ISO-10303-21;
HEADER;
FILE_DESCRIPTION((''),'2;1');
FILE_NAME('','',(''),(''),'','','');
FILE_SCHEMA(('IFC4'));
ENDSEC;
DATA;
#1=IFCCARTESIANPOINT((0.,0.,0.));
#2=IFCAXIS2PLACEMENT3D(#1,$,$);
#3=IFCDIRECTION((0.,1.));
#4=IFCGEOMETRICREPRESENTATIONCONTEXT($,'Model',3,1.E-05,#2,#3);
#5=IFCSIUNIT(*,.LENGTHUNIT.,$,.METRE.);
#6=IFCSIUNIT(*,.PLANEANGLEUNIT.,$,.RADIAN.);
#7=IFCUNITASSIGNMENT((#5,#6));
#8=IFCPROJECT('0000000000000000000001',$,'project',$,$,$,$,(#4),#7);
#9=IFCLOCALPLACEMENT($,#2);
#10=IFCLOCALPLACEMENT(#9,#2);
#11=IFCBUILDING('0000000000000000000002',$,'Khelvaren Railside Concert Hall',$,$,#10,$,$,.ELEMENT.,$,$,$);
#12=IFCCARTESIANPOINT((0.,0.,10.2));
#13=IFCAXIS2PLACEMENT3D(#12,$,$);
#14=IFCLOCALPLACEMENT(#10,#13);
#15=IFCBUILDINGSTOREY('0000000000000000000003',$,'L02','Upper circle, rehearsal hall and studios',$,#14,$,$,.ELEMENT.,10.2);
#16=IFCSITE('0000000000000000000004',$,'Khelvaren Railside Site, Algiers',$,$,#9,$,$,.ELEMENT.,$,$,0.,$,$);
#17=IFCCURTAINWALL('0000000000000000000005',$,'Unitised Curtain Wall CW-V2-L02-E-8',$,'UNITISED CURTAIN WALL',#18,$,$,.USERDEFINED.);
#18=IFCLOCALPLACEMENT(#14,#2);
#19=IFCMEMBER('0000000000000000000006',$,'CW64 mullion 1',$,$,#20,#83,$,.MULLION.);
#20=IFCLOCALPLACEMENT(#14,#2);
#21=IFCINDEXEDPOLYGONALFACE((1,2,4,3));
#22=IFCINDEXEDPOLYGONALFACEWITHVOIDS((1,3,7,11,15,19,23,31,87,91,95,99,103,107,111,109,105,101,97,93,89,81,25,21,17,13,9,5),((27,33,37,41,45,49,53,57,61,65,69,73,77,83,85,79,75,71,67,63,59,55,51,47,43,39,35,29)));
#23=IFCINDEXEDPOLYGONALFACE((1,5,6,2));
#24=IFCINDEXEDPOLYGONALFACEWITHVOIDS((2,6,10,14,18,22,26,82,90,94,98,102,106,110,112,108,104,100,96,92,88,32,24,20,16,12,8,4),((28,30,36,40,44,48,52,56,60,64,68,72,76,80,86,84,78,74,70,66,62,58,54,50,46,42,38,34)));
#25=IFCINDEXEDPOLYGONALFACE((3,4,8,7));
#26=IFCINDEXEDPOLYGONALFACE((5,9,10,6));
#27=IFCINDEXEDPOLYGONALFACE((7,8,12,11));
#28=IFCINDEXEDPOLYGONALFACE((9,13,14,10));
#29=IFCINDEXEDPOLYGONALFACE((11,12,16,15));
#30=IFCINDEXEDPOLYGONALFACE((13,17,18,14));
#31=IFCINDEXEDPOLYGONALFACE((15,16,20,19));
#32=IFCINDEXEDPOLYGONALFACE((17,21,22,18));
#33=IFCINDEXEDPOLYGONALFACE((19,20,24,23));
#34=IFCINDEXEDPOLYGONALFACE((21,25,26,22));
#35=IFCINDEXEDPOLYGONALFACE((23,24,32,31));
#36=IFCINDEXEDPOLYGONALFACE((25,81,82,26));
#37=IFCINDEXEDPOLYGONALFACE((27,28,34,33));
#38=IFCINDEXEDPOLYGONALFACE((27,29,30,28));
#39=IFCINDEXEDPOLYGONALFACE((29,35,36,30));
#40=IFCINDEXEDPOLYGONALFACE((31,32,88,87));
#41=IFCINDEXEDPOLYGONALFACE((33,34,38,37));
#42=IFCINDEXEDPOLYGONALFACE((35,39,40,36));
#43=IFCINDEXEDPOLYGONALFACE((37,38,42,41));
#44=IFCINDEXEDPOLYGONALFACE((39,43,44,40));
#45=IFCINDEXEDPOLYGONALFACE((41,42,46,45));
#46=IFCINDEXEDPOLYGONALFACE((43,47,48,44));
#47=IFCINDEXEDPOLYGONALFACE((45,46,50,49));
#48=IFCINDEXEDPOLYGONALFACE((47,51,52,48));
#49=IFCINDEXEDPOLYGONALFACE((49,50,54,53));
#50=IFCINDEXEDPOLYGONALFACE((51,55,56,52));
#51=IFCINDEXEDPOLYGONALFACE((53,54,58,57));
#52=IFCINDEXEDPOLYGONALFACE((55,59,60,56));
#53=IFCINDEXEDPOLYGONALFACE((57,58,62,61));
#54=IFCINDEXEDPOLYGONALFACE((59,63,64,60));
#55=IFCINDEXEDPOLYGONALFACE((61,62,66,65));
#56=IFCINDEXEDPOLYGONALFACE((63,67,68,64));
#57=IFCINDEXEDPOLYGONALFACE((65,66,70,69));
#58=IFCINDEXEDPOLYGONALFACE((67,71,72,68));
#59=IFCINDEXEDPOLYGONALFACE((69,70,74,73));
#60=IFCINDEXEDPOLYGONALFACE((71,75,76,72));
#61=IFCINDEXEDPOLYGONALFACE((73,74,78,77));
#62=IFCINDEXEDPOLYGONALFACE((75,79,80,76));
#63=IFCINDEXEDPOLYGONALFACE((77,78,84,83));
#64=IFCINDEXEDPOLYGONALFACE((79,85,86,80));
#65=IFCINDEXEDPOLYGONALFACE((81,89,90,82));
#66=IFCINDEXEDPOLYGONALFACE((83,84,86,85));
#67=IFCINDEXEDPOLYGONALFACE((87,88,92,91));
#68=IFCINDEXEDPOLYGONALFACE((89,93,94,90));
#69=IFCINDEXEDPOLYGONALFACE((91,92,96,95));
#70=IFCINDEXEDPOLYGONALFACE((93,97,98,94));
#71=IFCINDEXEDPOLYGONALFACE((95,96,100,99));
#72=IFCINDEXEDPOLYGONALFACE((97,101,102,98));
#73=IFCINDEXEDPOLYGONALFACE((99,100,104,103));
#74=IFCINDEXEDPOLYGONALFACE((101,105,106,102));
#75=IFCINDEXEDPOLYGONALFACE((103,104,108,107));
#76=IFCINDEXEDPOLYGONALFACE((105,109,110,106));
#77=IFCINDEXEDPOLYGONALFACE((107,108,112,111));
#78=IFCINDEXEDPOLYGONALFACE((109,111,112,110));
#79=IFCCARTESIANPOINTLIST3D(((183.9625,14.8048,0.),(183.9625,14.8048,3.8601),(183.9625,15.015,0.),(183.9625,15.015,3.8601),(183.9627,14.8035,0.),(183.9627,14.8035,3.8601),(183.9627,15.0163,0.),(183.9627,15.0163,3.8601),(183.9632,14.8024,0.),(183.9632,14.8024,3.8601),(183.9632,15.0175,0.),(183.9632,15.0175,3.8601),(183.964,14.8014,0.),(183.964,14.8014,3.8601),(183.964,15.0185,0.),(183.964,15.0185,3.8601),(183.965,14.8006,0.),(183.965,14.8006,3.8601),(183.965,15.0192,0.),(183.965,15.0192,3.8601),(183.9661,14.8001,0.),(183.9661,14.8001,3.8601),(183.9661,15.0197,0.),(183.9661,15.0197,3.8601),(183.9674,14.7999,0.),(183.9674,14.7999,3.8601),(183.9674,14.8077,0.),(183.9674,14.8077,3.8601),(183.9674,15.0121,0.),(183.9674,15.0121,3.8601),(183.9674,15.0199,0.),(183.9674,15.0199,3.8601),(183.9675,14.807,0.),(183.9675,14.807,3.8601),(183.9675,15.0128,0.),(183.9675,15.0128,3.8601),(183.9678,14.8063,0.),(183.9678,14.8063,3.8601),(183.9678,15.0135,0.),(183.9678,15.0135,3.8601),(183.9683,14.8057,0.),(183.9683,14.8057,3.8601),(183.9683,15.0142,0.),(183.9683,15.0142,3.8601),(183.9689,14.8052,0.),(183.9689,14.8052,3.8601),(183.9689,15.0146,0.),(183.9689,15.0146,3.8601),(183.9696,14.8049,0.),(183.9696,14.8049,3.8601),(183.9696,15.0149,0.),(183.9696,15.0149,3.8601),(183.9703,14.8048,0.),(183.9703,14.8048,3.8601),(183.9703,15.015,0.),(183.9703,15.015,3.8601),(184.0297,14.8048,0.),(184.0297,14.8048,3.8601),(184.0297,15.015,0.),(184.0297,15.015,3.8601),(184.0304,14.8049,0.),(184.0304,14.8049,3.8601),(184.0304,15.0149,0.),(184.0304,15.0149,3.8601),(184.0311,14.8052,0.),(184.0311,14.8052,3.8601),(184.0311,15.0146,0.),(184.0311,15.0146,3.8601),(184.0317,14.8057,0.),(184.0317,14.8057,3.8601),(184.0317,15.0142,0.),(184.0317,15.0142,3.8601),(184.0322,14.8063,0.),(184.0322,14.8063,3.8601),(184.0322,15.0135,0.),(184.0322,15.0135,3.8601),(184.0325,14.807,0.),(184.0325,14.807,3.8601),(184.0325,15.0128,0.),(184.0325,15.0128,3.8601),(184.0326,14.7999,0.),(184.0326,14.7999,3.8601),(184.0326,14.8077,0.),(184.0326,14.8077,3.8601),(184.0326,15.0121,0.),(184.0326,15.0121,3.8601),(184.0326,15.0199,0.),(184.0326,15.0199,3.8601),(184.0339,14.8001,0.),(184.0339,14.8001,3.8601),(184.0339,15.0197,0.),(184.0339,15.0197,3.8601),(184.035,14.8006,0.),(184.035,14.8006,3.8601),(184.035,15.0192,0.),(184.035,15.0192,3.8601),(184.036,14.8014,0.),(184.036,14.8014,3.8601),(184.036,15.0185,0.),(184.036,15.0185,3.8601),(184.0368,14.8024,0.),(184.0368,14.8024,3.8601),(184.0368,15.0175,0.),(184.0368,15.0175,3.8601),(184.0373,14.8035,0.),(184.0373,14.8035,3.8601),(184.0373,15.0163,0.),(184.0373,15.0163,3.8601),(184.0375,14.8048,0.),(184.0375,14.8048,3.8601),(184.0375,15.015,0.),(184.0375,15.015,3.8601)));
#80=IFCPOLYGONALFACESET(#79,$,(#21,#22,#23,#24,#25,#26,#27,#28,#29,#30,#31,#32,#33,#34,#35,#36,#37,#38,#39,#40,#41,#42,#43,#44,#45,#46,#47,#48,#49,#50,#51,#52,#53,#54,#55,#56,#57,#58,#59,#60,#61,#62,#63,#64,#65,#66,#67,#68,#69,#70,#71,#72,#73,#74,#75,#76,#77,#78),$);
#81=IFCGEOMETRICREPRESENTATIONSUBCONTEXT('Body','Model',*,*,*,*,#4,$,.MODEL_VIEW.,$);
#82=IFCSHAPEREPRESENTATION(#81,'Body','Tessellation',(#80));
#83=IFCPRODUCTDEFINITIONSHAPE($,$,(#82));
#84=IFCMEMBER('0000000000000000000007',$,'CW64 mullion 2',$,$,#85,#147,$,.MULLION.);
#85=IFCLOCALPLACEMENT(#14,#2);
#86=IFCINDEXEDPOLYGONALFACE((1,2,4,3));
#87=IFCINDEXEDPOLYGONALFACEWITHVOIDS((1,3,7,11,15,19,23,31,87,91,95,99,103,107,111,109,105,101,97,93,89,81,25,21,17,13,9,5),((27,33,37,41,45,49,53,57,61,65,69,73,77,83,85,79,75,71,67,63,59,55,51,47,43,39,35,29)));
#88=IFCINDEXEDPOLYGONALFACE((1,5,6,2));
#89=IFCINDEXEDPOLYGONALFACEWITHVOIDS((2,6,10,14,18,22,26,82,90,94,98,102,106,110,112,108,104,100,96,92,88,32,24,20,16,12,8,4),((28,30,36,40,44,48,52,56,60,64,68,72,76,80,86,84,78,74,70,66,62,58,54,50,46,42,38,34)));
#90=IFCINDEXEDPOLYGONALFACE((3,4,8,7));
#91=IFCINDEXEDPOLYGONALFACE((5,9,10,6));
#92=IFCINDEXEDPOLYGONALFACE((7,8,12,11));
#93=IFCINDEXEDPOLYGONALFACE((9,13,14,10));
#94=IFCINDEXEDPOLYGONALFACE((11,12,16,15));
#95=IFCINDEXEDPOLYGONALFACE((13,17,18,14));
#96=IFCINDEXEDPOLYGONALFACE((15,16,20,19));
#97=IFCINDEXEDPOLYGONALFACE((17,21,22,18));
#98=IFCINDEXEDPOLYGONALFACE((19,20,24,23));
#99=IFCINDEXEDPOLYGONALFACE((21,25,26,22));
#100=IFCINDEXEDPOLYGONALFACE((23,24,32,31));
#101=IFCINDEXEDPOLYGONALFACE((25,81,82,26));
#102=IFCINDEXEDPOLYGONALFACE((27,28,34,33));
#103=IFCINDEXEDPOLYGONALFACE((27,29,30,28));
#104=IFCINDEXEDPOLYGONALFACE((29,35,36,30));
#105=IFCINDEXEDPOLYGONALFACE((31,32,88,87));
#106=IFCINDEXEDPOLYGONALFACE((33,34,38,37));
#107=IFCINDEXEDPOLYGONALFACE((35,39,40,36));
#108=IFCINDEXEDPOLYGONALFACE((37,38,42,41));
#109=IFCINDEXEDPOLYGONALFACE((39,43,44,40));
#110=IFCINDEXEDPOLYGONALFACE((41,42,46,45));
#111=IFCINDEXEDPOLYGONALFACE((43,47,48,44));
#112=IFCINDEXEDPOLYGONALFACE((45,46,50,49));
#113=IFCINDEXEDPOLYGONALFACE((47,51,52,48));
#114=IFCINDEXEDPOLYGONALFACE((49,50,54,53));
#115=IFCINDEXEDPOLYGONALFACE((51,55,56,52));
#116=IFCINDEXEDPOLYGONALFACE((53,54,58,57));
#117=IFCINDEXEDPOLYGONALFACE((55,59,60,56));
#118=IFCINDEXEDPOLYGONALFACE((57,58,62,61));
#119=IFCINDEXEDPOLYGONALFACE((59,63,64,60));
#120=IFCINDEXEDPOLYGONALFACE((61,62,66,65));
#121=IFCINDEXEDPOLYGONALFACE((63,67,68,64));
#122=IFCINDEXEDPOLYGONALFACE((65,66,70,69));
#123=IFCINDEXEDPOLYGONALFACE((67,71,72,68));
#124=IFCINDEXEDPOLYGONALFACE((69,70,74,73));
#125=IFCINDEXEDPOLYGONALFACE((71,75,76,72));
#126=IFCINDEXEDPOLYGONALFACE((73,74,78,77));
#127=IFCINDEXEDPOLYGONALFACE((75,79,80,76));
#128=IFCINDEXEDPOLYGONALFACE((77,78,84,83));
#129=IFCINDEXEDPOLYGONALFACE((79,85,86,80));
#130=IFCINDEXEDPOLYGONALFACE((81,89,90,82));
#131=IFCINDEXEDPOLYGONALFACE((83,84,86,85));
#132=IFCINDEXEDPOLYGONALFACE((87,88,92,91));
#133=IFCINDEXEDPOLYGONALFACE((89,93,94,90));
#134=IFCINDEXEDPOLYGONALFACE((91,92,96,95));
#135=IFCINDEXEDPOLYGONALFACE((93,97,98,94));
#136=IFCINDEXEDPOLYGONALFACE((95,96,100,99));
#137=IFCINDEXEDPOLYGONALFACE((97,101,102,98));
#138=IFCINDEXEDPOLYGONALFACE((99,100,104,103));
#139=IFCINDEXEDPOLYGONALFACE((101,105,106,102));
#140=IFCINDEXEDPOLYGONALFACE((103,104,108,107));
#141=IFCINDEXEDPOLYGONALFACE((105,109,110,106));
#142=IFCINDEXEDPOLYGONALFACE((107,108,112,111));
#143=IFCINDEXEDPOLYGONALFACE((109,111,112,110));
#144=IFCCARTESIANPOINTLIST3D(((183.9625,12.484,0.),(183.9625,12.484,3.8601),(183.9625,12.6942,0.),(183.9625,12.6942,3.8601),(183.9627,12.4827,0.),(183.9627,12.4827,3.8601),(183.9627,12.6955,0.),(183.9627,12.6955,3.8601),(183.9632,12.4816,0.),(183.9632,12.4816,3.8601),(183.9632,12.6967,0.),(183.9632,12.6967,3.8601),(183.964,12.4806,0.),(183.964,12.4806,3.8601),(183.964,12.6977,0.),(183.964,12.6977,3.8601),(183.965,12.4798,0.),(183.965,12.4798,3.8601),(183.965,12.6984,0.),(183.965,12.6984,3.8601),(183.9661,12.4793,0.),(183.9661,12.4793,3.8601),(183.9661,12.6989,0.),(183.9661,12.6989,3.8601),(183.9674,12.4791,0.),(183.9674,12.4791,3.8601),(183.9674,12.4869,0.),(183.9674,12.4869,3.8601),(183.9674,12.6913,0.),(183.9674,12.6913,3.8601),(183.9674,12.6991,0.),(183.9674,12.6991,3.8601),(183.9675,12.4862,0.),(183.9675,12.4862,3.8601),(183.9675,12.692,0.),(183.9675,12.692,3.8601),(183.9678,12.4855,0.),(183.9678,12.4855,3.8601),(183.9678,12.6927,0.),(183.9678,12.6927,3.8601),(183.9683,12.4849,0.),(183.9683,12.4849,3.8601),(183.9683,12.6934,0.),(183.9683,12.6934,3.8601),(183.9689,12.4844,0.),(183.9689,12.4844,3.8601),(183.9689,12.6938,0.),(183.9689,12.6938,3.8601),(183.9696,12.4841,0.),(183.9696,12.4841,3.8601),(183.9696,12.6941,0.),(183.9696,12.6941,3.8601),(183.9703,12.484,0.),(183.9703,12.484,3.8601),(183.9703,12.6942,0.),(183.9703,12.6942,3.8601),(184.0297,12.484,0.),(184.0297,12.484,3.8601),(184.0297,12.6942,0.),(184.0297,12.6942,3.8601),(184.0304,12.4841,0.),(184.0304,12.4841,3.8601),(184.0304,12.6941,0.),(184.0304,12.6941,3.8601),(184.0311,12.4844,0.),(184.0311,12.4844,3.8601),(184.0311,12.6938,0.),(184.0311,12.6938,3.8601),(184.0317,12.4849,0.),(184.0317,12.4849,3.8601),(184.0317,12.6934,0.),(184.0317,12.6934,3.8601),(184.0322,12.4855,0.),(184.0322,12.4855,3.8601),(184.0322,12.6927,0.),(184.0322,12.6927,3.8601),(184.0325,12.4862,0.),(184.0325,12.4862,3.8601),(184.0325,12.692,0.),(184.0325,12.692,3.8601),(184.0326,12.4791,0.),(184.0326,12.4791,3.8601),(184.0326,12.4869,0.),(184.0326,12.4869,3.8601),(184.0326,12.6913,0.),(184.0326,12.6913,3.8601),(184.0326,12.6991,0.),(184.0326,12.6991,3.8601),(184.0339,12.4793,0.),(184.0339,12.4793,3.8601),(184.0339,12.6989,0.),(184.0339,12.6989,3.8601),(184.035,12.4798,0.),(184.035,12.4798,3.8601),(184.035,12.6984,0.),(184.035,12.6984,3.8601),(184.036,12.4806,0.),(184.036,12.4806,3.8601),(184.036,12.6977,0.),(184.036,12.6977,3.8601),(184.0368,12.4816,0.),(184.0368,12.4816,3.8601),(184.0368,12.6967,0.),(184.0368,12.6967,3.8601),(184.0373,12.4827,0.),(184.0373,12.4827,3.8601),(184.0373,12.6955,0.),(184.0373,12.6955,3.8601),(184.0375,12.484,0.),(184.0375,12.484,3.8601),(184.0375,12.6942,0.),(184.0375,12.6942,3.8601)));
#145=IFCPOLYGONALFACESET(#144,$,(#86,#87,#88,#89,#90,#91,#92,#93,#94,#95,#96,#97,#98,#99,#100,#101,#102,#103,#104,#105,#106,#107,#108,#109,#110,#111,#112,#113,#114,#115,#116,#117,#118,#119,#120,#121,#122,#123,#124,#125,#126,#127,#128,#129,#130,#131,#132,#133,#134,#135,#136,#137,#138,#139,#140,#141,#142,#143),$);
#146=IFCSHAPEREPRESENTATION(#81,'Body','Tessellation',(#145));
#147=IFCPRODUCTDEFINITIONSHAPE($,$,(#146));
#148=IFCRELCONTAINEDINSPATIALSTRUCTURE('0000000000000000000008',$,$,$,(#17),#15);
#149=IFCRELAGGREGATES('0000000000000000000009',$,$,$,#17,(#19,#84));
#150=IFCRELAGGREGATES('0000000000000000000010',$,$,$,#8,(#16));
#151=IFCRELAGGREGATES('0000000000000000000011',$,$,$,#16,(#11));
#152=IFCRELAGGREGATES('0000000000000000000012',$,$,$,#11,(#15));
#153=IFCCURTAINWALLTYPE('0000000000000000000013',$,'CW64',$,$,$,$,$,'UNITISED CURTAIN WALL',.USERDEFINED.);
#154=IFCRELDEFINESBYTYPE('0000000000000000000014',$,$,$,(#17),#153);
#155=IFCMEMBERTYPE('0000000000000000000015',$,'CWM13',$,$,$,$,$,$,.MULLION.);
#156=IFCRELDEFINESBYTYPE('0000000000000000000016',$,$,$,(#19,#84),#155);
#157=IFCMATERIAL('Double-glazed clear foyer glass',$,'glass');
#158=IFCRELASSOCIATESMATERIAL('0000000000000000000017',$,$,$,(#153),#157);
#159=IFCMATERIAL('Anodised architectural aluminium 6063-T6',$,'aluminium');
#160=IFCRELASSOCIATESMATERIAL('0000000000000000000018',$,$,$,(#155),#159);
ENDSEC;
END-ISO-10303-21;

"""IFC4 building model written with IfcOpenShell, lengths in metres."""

from ifc_helpers import new_model, si_unit, direction, frame, origin, origin_2d, place, context, subcontext, project, spatial, hollow_rectangle, extrude, material, material_profile, profile_set, type_object, element, aggregate, save


model = new_model("IFC4")

# Units and contexts
model_context = context("Model", 3, precision=1e-05, world=origin(), true_north=direction((0.0, 1.0)))
body_context = subcontext(model_context, "Body", "Model", "MODEL_VIEW")
ifc_project = project(units=[si_unit("LENGTHUNIT", "METRE"), si_unit("PLANEANGLEUNIT", "RADIAN")], contexts=[model_context])

# Site, building, storey
site_placement = place(None, origin())
site = spatial("IfcSite", under=ifc_project, at=site_placement, Name="Khelvaren Railside Site, Algiers", CompositionType="ELEMENT", RefElevation=0.0)
building_placement = place(site_placement, origin())
building = spatial("IfcBuilding", under=site, at=building_placement, Name="Khelvaren Railside Concert Hall", CompositionType="ELEMENT")
storey_placement = place(building_placement, frame((0.0, 0.0, 10.2)))
storey = spatial("IfcBuildingStorey", under=building, at=storey_placement, Name="L02", Description="Upper circle, rehearsal hall and studios", CompositionType="ELEMENT", Elevation=10.2)

# Curtain wall, members
ifc_material_1 = material(Name="Double-glazed clear foyer glass", Category="glass")
curtain_wall_type_1 = type_object("IfcCurtainWallType", Name="CW64", ElementType="UNITISED CURTAIN WALL", PredefinedType="USERDEFINED", material=ifc_material_1)
curtain_wall_1_placement = place(storey_placement, origin())
curtain_wall_1 = element("IfcCurtainWall", 1, at=curtain_wall_1_placement, inside=storey, type_object=curtain_wall_type_1, Name="Unitised Curtain Wall CW-V2-L02-E-8", ObjectType="UNITISED CURTAIN WALL", PredefinedType="USERDEFINED")
ifc_material_2 = material(Name="Anodised architectural aluminium 6063-T6", Category="aluminium")
ifc_material_profile_1 = material_profile(ifc_material_2, hollow_rectangle(XDim=0.075, YDim=0.22, WallThickness=0.0049, InnerFilletRadius=0.0029, OuterFilletRadius=0.0049, at=origin_2d()), Name="CWM 75x220x5")
ifc_profile_set_1 = profile_set([ifc_material_profile_1], Name="Anodised architectural aluminium 6063-T6")
member_type_1 = type_object("IfcMemberType", Name="CWM13", PredefinedType="MULLION", material=ifc_profile_set_1)
member_1_placement = place(storey_placement, frame((184.0, 14.9099, 0.0), z_axis=(0.0, 0.0, 1.0), x_axis=(1.0, 0.0, 0.0)))
member_1 = element("IfcMember", 2, at=member_1_placement, type_object=member_type_1, Name="CW64 mullion 1", PredefinedType="MULLION", context=body_context, shape_type="SweptSolid", body=[
    extrude(hollow_rectangle(XDim=0.075, YDim=0.22, WallThickness=0.0049, InnerFilletRadius=0.0029, OuterFilletRadius=0.0049, at=origin_2d()), origin(), (0.0, 0.0, 1.0), 3.8601),
])
member_2_placement = place(storey_placement, frame((184.0, 12.5891, 0.0), z_axis=(0.0, 0.0, 1.0), x_axis=(1.0, 0.0, 0.0)))
member_2 = element("IfcMember", 3, at=member_2_placement, type_object=member_type_1, Name="CW64 mullion 2", PredefinedType="MULLION", context=body_context, shape_type="SweptSolid", body=[
    extrude(hollow_rectangle(XDim=0.075, YDim=0.22, WallThickness=0.0049, InnerFilletRadius=0.0029, OuterFilletRadius=0.0049, at=origin_2d()), origin(), (0.0, 0.0, 1.0), 3.8601),
])

aggregate(curtain_wall_1, [member_1, member_2])

save(model, "model.ifc")
